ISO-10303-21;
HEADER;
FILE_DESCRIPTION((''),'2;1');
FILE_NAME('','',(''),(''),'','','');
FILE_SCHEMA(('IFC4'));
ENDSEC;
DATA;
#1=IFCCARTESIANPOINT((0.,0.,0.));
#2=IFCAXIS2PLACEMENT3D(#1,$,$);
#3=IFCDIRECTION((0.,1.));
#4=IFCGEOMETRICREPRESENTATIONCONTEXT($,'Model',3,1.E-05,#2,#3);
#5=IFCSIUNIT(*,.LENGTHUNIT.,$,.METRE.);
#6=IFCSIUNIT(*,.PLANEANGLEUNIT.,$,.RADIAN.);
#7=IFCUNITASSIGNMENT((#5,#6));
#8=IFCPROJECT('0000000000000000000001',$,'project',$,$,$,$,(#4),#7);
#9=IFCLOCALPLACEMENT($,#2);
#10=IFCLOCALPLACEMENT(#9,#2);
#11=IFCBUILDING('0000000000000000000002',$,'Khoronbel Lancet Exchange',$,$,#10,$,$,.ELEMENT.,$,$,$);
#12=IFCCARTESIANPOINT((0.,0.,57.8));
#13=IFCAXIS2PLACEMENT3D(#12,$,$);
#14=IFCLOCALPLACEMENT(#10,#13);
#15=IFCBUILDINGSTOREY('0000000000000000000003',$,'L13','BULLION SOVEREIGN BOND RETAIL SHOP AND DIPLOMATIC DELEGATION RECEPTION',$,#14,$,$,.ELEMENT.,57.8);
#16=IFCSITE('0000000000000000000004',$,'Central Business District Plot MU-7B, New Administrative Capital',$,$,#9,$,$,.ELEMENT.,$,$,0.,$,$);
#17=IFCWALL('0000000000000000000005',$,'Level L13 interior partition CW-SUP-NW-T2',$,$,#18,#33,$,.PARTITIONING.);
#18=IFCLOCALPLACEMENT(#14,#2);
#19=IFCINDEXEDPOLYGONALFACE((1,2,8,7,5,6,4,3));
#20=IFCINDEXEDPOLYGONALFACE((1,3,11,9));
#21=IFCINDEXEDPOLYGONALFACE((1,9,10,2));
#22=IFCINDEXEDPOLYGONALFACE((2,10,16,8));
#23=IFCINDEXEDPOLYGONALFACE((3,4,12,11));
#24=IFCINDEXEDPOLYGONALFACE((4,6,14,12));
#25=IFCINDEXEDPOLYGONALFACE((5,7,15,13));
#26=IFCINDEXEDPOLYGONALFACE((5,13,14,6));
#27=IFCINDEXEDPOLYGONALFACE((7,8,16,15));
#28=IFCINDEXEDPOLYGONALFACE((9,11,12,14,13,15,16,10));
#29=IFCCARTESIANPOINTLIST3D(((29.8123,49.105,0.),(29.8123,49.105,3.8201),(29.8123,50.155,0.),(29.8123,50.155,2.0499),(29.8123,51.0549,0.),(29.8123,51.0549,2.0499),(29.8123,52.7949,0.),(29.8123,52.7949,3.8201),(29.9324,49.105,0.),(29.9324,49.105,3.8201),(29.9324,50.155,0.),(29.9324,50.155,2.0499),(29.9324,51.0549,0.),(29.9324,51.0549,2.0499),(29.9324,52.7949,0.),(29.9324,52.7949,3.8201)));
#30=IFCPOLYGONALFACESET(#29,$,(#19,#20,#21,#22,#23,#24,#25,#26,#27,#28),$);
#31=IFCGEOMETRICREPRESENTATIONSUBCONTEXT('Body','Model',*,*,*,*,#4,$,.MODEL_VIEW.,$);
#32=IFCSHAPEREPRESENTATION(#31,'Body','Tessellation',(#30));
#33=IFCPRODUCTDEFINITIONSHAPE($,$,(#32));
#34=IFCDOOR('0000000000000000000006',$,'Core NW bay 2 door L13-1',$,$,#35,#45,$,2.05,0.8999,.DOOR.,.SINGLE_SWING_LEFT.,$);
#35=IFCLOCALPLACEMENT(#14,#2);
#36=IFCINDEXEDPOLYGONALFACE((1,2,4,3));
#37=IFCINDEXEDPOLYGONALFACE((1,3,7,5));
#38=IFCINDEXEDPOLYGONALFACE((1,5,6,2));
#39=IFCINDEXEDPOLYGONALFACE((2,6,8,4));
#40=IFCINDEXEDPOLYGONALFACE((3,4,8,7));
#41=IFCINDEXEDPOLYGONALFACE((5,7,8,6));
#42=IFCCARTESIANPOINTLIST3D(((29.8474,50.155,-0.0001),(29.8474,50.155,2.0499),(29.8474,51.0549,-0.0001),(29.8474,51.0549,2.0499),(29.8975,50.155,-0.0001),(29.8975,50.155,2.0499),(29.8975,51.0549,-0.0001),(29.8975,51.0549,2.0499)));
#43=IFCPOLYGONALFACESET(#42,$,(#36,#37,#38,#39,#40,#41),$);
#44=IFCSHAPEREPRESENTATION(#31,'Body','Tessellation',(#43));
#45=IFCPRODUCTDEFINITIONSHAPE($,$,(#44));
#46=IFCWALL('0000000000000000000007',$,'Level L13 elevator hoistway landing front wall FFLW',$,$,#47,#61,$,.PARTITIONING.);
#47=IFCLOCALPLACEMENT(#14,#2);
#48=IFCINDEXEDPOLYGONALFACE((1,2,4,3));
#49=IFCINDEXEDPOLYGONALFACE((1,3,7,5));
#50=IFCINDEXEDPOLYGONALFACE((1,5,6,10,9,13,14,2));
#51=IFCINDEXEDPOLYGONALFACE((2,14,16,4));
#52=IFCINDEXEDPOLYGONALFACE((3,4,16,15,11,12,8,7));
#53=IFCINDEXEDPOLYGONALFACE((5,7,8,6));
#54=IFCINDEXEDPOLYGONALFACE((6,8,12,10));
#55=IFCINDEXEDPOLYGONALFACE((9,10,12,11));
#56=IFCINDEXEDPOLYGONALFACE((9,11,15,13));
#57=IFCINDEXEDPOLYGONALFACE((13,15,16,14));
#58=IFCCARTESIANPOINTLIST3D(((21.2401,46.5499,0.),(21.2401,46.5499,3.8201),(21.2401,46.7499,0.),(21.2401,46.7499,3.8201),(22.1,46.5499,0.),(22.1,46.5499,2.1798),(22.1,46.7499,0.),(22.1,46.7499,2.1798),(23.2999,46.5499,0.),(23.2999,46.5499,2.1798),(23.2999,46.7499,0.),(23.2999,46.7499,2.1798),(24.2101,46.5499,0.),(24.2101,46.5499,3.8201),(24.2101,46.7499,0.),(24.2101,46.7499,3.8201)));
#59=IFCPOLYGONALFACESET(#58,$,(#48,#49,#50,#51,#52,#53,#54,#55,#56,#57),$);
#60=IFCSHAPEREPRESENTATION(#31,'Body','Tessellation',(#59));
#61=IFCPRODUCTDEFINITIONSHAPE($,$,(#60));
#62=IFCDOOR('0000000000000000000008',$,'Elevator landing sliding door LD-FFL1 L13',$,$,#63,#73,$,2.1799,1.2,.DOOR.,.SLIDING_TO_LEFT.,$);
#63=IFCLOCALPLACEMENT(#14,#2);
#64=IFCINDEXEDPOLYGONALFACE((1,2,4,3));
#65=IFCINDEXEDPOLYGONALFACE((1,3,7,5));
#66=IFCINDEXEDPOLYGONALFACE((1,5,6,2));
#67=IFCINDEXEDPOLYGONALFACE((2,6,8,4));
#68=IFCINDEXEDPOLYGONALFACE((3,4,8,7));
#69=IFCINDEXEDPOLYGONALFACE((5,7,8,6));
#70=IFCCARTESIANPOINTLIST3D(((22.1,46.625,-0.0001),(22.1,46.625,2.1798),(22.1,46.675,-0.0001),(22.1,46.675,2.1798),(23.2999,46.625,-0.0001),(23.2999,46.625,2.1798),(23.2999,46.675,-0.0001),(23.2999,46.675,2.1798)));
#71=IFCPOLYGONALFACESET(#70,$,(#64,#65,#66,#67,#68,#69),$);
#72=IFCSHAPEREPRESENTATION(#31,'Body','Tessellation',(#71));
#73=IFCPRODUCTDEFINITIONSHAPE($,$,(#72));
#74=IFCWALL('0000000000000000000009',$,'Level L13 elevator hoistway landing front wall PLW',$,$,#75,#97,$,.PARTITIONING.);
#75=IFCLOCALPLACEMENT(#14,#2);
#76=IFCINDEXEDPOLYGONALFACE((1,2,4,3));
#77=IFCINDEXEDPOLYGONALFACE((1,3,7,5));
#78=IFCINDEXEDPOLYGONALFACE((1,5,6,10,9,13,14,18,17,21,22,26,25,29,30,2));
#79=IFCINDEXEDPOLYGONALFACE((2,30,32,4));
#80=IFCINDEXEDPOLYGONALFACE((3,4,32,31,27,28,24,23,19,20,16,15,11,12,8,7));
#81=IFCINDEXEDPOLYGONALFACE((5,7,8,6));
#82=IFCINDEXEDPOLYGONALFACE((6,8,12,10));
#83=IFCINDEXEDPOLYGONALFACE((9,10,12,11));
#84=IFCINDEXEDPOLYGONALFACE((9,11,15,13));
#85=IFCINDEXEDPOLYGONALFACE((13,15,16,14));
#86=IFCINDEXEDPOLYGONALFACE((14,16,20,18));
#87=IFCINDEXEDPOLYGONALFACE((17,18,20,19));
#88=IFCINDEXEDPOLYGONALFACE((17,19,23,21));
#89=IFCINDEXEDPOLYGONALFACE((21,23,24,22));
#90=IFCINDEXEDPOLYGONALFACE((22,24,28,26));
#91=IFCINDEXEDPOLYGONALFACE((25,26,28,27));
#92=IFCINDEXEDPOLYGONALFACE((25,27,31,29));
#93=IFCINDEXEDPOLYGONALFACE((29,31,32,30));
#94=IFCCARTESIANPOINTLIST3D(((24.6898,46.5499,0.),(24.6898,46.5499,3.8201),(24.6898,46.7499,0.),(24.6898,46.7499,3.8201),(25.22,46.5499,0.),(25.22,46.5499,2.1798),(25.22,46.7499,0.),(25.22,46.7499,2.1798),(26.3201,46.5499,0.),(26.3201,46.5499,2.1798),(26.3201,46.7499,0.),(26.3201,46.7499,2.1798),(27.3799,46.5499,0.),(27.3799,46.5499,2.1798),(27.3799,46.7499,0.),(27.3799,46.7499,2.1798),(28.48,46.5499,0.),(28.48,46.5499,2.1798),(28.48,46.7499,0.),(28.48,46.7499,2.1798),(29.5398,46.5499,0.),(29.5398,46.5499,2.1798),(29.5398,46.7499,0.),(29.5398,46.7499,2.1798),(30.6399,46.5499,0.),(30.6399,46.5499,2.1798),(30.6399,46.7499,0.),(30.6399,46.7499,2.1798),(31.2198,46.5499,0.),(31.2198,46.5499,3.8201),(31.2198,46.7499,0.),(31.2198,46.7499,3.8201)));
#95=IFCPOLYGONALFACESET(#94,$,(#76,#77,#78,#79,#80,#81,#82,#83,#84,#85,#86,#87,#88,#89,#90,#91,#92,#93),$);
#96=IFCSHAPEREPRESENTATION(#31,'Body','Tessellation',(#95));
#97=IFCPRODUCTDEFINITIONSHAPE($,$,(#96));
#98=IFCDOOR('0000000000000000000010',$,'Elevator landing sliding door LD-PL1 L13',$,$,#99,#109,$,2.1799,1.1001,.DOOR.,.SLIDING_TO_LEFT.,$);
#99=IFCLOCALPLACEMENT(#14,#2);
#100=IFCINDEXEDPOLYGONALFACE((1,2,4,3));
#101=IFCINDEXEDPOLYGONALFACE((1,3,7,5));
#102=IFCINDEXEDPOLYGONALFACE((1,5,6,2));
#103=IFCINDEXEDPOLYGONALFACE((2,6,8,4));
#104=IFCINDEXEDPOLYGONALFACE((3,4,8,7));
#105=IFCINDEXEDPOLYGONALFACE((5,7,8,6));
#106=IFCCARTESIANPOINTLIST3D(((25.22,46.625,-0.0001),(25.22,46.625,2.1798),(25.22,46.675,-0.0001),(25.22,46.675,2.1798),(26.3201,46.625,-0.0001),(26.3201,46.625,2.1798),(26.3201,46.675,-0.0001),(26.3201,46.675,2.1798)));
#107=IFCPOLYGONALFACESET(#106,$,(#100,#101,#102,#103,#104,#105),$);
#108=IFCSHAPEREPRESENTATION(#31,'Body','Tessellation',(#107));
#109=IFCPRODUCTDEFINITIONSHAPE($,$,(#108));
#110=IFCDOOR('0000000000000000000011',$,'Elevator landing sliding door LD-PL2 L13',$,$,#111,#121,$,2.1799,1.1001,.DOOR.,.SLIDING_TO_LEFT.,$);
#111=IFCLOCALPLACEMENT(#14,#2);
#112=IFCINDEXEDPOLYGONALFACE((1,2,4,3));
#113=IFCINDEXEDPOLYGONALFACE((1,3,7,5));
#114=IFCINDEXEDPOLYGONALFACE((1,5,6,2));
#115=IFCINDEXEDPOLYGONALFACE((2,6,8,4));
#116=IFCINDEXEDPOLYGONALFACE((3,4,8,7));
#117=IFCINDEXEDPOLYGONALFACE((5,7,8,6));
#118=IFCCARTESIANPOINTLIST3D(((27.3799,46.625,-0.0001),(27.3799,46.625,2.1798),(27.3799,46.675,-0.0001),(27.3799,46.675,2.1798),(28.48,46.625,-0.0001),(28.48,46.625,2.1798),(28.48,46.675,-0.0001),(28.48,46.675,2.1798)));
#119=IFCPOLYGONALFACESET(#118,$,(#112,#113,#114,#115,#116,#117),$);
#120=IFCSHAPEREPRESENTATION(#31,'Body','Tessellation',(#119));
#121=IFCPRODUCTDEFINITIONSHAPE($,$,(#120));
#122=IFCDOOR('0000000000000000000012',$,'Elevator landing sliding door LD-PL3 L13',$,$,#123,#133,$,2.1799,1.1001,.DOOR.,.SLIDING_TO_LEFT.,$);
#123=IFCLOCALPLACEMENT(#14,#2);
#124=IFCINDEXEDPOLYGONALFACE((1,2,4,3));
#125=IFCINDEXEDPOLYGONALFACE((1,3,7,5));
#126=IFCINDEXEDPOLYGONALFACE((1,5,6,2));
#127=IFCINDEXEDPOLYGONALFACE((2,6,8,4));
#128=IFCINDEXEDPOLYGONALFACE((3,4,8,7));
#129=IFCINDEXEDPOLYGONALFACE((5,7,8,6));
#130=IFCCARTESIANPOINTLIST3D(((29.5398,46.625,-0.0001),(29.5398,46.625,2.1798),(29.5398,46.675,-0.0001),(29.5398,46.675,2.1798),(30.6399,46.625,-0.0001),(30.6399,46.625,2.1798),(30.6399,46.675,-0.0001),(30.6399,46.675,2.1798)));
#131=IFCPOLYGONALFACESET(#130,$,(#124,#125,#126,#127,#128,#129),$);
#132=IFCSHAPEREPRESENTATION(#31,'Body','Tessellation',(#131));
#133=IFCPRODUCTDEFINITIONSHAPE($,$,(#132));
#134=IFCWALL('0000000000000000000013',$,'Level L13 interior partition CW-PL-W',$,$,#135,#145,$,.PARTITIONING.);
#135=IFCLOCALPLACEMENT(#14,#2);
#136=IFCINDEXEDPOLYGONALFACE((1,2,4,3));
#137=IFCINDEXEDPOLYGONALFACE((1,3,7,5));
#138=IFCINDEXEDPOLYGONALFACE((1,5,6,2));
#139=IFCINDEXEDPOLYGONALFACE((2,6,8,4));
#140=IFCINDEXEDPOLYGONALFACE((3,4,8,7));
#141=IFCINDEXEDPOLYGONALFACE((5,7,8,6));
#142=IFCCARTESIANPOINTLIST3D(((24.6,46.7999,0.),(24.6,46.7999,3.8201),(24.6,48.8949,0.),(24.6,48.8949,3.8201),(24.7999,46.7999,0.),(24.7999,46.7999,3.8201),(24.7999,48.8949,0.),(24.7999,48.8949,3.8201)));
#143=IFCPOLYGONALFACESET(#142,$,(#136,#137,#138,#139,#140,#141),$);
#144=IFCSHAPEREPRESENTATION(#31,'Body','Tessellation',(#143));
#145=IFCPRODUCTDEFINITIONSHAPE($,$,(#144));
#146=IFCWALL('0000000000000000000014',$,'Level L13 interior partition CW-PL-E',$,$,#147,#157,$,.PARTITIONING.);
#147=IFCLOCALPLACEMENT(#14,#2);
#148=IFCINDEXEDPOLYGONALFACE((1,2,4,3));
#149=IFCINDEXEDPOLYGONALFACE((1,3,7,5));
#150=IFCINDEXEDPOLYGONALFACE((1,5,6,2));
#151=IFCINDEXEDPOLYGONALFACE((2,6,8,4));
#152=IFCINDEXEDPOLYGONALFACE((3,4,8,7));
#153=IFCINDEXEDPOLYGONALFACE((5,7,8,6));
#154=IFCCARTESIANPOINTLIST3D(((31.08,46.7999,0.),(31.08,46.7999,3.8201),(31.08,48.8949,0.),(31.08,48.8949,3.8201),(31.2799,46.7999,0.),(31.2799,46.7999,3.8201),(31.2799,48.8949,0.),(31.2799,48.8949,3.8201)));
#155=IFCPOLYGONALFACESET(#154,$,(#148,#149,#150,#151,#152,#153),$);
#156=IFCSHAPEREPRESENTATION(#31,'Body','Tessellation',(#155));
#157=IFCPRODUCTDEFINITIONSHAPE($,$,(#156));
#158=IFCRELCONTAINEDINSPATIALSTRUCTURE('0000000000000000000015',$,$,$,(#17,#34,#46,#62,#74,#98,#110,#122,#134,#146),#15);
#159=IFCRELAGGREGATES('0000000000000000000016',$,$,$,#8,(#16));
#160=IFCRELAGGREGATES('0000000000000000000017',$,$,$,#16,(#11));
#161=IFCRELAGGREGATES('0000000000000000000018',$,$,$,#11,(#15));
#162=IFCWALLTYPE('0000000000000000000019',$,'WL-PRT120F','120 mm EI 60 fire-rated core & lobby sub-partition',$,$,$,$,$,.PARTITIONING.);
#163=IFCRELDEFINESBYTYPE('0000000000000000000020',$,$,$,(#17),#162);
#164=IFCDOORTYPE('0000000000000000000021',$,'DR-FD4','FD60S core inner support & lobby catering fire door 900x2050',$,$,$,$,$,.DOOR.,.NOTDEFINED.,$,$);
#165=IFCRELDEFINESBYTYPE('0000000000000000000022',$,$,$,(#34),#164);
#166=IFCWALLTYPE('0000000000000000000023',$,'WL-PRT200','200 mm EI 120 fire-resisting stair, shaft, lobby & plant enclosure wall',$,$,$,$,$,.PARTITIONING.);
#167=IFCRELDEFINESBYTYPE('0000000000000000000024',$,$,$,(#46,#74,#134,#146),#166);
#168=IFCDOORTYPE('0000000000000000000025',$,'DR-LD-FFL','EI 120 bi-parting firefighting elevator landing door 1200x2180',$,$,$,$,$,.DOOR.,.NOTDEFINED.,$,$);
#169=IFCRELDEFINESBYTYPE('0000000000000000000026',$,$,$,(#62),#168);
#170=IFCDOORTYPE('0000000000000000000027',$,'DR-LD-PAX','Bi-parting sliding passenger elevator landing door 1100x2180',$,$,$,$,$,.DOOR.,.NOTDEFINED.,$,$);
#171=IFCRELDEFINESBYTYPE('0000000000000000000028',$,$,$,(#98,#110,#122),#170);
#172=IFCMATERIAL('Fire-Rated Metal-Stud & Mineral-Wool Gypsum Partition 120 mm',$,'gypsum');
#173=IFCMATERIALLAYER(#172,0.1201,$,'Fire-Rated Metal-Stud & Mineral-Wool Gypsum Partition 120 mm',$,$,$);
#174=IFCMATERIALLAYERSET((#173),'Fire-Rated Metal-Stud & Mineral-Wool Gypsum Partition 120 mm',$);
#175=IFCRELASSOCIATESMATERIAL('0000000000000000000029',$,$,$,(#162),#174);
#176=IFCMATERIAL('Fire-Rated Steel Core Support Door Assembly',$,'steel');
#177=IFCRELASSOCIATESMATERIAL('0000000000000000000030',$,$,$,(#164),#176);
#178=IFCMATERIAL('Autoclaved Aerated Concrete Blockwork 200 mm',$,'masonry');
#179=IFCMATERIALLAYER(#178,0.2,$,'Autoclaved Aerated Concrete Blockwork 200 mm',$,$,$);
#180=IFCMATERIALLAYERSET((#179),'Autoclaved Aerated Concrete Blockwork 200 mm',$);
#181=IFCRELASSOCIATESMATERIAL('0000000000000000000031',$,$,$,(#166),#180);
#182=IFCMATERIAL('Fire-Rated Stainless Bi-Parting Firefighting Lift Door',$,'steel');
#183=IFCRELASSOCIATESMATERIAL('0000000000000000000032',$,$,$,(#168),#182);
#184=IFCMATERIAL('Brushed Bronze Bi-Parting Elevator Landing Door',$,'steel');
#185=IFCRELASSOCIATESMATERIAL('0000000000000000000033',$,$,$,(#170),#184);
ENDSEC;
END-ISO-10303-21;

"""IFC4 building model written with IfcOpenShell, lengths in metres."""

from ifc_helpers import new_model, si_unit, direction, frame, frame_2d, origin, place, context, subcontext, project, spatial, rectangle, extrude, material, layer, layer_set, type_object, element, fill, save


model = new_model("IFC4")

# Units and contexts
model_context = context("Model", 3, precision=1e-05, world=origin(), true_north=direction((0.0, 1.0)))
body_context = subcontext(model_context, "Body", "Model", "MODEL_VIEW")
ifc_project = project(units=[si_unit("LENGTHUNIT", "METRE"), si_unit("PLANEANGLEUNIT", "RADIAN")], contexts=[model_context])

# Site, building, storey
site_placement = place(None, origin())
site = spatial("IfcSite", under=ifc_project, at=site_placement, Name="Central Business District Plot MU-7B, New Administrative Capital", CompositionType="ELEMENT", RefElevation=0.0)
building_placement = place(site_placement, origin())
building = spatial("IfcBuilding", under=site, at=building_placement, Name="Khoronbel Lancet Exchange", CompositionType="ELEMENT")
storey_placement = place(building_placement, frame((0.0, 0.0, 57.8)))
storey = spatial("IfcBuildingStorey", under=building, at=storey_placement, Name="L13", Description="BULLION SOVEREIGN BOND RETAIL SHOP AND DIPLOMATIC DELEGATION RECEPTION", CompositionType="ELEMENT", Elevation=57.8)

# Shared definitions
ifc_material_1 = material(Name="Fire-Rated Metal-Stud & Mineral-Wool Gypsum Partition 120 mm", Category="gypsum")
ifc_layer_1 = layer(ifc_material_1, 0.1201, Name="Fire-Rated Metal-Stud & Mineral-Wool Gypsum Partition 120 mm")
ifc_layer_set_1 = layer_set([ifc_layer_1], Name="Fire-Rated Metal-Stud & Mineral-Wool Gypsum Partition 120 mm")
wall_type_1 = type_object("IfcWallType", Name="WL-PRT120F", Description="120 mm EI 60 fire-rated core & lobby sub-partition", PredefinedType="PARTITIONING", material=ifc_layer_set_1)

# Walls, openings, doors
ifc_material_2 = material(Name="Fire-Rated Steel Core Support Door Assembly", Category="steel")
door_type_1 = type_object("IfcDoorType", Name="DR-FD4", Description="FD60S core inner support & lobby catering fire door 900x2050", OperationType="NOTDEFINED", PredefinedType="DOOR", material=ifc_material_2)
wall_1_placement = place(storey_placement, frame((29.8723, 49.105, 0.0), z_axis=(0.0, 0.0, 1.0), x_axis=(0.0, 1.0, 0.0)))
wall_1 = element("IfcWall", 1, at=wall_1_placement, inside=storey, type_object=wall_type_1, Name="Level L13 interior partition CW-SUP-NW-T2", PredefinedType="PARTITIONING", context=body_context, shape_type="SweptSolid", body=[
    extrude(rectangle(XDim=3.6899, YDim=0.1201, at=frame_2d((1.845, 0.0))), origin(), (0.0, 0.0, 1.0), 3.8201),
])
opening_1_placement = place(wall_1_placement, frame((1.05, 0.0, 0.0)))
opening_1 = element("IfcOpeningElement", 2, at=opening_1_placement, cuts=wall_1, PredefinedType="OPENING", context=body_context, shape_type="SweptSolid", body=[
    extrude(rectangle(XDim=0.8999, YDim=2.05, at=frame_2d((0.45, 1.0249))), frame((0.0, 0.0701, 0.0), z_axis=(0.0, -1.0, 0.0), x_axis=(1.0, 0.0, 0.0)), (0.0, 0.0, 1.0), 0.1401),
])
door_1_placement = place(opening_1_placement, origin())
door_1 = element("IfcDoor", 3, at=door_1_placement, inside=storey, type_object=door_type_1, Name="Core NW bay 2 door L13-1", OperationType="SINGLE_SWING_LEFT", OverallHeight=2.05, OverallWidth=0.8999, PredefinedType="DOOR", context=body_context, shape_type="SweptSolid", body=[
    extrude(rectangle(XDim=0.8999, YDim=2.05, at=frame_2d((0.45, 1.0249))), frame((0.0, 0.0249, 0.0), z_axis=(0.0, -1.0, 0.0), x_axis=(1.0, 0.0, 0.0)), (0.0, 0.0, 1.0), 0.05),
])
fill(opening_1, door_1)
ifc_material_3 = material(Name="Autoclaved Aerated Concrete Blockwork 200 mm", Category="masonry")
ifc_layer_2 = layer(ifc_material_3, 0.2, Name="Autoclaved Aerated Concrete Blockwork 200 mm")
ifc_layer_set_2 = layer_set([ifc_layer_2], Name="Autoclaved Aerated Concrete Blockwork 200 mm")
wall_type_2 = type_object("IfcWallType", Name="WL-PRT200", Description="200 mm EI 120 fire-resisting stair, shaft, lobby & plant enclosure wall", PredefinedType="PARTITIONING", material=ifc_layer_set_2)
wall_2_placement = place(storey_placement, frame((24.21, 46.6499, 0.0), z_axis=(0.0, 0.0, 1.0), x_axis=(-1.0, 0.0, 0.0)))
wall_2 = element("IfcWall", 4, at=wall_2_placement, inside=storey, type_object=wall_type_2, Name="Level L13 elevator hoistway landing front wall FFLW", PredefinedType="PARTITIONING", context=body_context, shape_type="SweptSolid", body=[
    extrude(rectangle(XDim=2.97, YDim=0.2, at=frame_2d((1.4849, 0.0))), origin(), (0.0, 0.0, 1.0), 3.8201),
])
opening_2_placement = place(wall_2_placement, frame((0.9099, 0.0, 0.0)))
opening_2 = element("IfcOpeningElement", 5, at=opening_2_placement, cuts=wall_2, PredefinedType="OPENING", context=body_context, shape_type="SweptSolid", body=[
    extrude(rectangle(XDim=1.2, YDim=2.1799, at=frame_2d((0.6001, 1.0898))), frame((0.0, 0.1099, 0.0), z_axis=(0.0, -1.0, 0.0), x_axis=(1.0, 0.0, 0.0)), (0.0, 0.0, 1.0), 0.22),
])
ifc_material_4 = material(Name="Fire-Rated Stainless Bi-Parting Firefighting Lift Door", Category="steel")
door_type_2 = type_object("IfcDoorType", Name="DR-LD-FFL", Description="EI 120 bi-parting firefighting elevator landing door 1200x2180", OperationType="NOTDEFINED", PredefinedType="DOOR", material=ifc_material_4)
door_2_placement = place(opening_2_placement, origin())
door_2 = element("IfcDoor", 6, at=door_2_placement, inside=storey, type_object=door_type_2, Name="Elevator landing sliding door LD-FFL1 L13", OperationType="SLIDING_TO_LEFT", OverallHeight=2.1799, OverallWidth=1.2, PredefinedType="DOOR", context=body_context, shape_type="SweptSolid", body=[
    extrude(rectangle(XDim=1.2, YDim=2.1799, at=frame_2d((0.6001, 1.0898))), frame((0.0, 0.0249, 0.0), z_axis=(0.0, -1.0, 0.0), x_axis=(1.0, 0.0, 0.0)), (0.0, 0.0, 1.0), 0.05),
])
fill(opening_2, door_2)

# Wall, openings, doors
wall_3_placement = place(storey_placement, frame((31.22, 46.6499, 0.0), z_axis=(0.0, 0.0, 1.0), x_axis=(-1.0, 0.0, 0.0)))
wall_3 = element("IfcWall", 7, at=wall_3_placement, inside=storey, type_object=wall_type_2, Name="Level L13 elevator hoistway landing front wall PLW", PredefinedType="PARTITIONING", context=body_context, shape_type="SweptSolid", body=[
    extrude(rectangle(XDim=6.53, YDim=0.2, at=frame_2d((3.2651, 0.0))), origin(), (0.0, 0.0, 1.0), 3.8201),
])
opening_3_placement = place(wall_3_placement, frame((4.8999, 0.0, 0.0)))
opening_3 = element("IfcOpeningElement", 8, at=opening_3_placement, cuts=wall_3, PredefinedType="OPENING", context=body_context, shape_type="SweptSolid", body=[
    extrude(rectangle(XDim=1.1001, YDim=2.1799, at=frame_2d((0.55, 1.0898))), frame((0.0, 0.1099, 0.0), z_axis=(0.0, -1.0, 0.0), x_axis=(1.0, 0.0, 0.0)), (0.0, 0.0, 1.0), 0.22),
])
opening_4_placement = place(wall_3_placement, frame((2.74, 0.0, 0.0)))
opening_4 = element("IfcOpeningElement", 9, at=opening_4_placement, cuts=wall_3, PredefinedType="OPENING", context=body_context, shape_type="SweptSolid", body=[
    extrude(rectangle(XDim=1.1001, YDim=2.1799, at=frame_2d((0.55, 1.0898))), frame((0.0, 0.1099, 0.0), z_axis=(0.0, -1.0, 0.0), x_axis=(1.0, 0.0, 0.0)), (0.0, 0.0, 1.0), 0.22),
])
opening_5_placement = place(wall_3_placement, frame((0.5801, 0.0, 0.0)))
opening_5 = element("IfcOpeningElement", 10, at=opening_5_placement, cuts=wall_3, PredefinedType="OPENING", context=body_context, shape_type="SweptSolid", body=[
    extrude(rectangle(XDim=1.1001, YDim=2.1799, at=frame_2d((0.55, 1.0898))), frame((0.0, 0.1099, 0.0), z_axis=(0.0, -1.0, 0.0), x_axis=(1.0, 0.0, 0.0)), (0.0, 0.0, 1.0), 0.22),
])
ifc_material_5 = material(Name="Brushed Bronze Bi-Parting Elevator Landing Door", Category="steel")
door_type_3 = type_object("IfcDoorType", Name="DR-LD-PAX", Description="Bi-parting sliding passenger elevator landing door 1100x2180", OperationType="NOTDEFINED", PredefinedType="DOOR", material=ifc_material_5)
door_3_placement = place(opening_3_placement, origin())
door_3 = element("IfcDoor", 11, at=door_3_placement, inside=storey, type_object=door_type_3, Name="Elevator landing sliding door LD-PL1 L13", OperationType="SLIDING_TO_LEFT", OverallHeight=2.1799, OverallWidth=1.1001, PredefinedType="DOOR", context=body_context, shape_type="SweptSolid", body=[
    extrude(rectangle(XDim=1.1001, YDim=2.1799, at=frame_2d((0.55, 1.0898))), frame((0.0, 0.0249, 0.0), z_axis=(0.0, -1.0, 0.0), x_axis=(1.0, 0.0, 0.0)), (0.0, 0.0, 1.0), 0.05),
])
fill(opening_3, door_3)
door_4_placement = place(opening_4_placement, origin())
door_4 = element("IfcDoor", 12, at=door_4_placement, inside=storey, type_object=door_type_3, Name="Elevator landing sliding door LD-PL2 L13", OperationType="SLIDING_TO_LEFT", OverallHeight=2.1799, OverallWidth=1.1001, PredefinedType="DOOR", context=body_context, shape_type="SweptSolid", body=[
    extrude(rectangle(XDim=1.1001, YDim=2.1799, at=frame_2d((0.55, 1.0898))), frame((0.0, 0.0249, 0.0), z_axis=(0.0, -1.0, 0.0), x_axis=(1.0, 0.0, 0.0)), (0.0, 0.0, 1.0), 0.05),
])
fill(opening_4, door_4)
door_5_placement = place(opening_5_placement, origin())
door_5 = element("IfcDoor", 13, at=door_5_placement, inside=storey, type_object=door_type_3, Name="Elevator landing sliding door LD-PL3 L13", OperationType="SLIDING_TO_LEFT", OverallHeight=2.1799, OverallWidth=1.1001, PredefinedType="DOOR", context=body_context, shape_type="SweptSolid", body=[
    extrude(rectangle(XDim=1.1001, YDim=2.1799, at=frame_2d((0.55, 1.0898))), frame((0.0, 0.0249, 0.0), z_axis=(0.0, -1.0, 0.0), x_axis=(1.0, 0.0, 0.0)), (0.0, 0.0, 1.0), 0.05),
])
fill(opening_5, door_5)

# Walls
for number, where, z_axis, x_axis, name in (
    (14, (24.7, 46.8, 0.0), (0.0, 0.0, 1.0), (0.0, 1.0, 0.0), "Level L13 interior partition CW-PL-W"),
    (15, (31.1799, 46.8, 0.0), (0.0, 0.0, 1.0), (0.0, 1.0, 0.0), "Level L13 interior partition CW-PL-E"),
):
    element("IfcWall", number, at=place(storey_placement, frame(where, z_axis=z_axis, x_axis=x_axis)), inside=storey, type_object=wall_type_2, Name=name, PredefinedType="PARTITIONING", context=body_context, shape_type="SweptSolid", body=[
        extrude(rectangle(XDim=2.095, YDim=0.2, at=frame_2d((1.0474, 0.0))), origin(), (0.0, 0.0, 1.0), 3.8201),
    ])

save(model, "model.ifc")
